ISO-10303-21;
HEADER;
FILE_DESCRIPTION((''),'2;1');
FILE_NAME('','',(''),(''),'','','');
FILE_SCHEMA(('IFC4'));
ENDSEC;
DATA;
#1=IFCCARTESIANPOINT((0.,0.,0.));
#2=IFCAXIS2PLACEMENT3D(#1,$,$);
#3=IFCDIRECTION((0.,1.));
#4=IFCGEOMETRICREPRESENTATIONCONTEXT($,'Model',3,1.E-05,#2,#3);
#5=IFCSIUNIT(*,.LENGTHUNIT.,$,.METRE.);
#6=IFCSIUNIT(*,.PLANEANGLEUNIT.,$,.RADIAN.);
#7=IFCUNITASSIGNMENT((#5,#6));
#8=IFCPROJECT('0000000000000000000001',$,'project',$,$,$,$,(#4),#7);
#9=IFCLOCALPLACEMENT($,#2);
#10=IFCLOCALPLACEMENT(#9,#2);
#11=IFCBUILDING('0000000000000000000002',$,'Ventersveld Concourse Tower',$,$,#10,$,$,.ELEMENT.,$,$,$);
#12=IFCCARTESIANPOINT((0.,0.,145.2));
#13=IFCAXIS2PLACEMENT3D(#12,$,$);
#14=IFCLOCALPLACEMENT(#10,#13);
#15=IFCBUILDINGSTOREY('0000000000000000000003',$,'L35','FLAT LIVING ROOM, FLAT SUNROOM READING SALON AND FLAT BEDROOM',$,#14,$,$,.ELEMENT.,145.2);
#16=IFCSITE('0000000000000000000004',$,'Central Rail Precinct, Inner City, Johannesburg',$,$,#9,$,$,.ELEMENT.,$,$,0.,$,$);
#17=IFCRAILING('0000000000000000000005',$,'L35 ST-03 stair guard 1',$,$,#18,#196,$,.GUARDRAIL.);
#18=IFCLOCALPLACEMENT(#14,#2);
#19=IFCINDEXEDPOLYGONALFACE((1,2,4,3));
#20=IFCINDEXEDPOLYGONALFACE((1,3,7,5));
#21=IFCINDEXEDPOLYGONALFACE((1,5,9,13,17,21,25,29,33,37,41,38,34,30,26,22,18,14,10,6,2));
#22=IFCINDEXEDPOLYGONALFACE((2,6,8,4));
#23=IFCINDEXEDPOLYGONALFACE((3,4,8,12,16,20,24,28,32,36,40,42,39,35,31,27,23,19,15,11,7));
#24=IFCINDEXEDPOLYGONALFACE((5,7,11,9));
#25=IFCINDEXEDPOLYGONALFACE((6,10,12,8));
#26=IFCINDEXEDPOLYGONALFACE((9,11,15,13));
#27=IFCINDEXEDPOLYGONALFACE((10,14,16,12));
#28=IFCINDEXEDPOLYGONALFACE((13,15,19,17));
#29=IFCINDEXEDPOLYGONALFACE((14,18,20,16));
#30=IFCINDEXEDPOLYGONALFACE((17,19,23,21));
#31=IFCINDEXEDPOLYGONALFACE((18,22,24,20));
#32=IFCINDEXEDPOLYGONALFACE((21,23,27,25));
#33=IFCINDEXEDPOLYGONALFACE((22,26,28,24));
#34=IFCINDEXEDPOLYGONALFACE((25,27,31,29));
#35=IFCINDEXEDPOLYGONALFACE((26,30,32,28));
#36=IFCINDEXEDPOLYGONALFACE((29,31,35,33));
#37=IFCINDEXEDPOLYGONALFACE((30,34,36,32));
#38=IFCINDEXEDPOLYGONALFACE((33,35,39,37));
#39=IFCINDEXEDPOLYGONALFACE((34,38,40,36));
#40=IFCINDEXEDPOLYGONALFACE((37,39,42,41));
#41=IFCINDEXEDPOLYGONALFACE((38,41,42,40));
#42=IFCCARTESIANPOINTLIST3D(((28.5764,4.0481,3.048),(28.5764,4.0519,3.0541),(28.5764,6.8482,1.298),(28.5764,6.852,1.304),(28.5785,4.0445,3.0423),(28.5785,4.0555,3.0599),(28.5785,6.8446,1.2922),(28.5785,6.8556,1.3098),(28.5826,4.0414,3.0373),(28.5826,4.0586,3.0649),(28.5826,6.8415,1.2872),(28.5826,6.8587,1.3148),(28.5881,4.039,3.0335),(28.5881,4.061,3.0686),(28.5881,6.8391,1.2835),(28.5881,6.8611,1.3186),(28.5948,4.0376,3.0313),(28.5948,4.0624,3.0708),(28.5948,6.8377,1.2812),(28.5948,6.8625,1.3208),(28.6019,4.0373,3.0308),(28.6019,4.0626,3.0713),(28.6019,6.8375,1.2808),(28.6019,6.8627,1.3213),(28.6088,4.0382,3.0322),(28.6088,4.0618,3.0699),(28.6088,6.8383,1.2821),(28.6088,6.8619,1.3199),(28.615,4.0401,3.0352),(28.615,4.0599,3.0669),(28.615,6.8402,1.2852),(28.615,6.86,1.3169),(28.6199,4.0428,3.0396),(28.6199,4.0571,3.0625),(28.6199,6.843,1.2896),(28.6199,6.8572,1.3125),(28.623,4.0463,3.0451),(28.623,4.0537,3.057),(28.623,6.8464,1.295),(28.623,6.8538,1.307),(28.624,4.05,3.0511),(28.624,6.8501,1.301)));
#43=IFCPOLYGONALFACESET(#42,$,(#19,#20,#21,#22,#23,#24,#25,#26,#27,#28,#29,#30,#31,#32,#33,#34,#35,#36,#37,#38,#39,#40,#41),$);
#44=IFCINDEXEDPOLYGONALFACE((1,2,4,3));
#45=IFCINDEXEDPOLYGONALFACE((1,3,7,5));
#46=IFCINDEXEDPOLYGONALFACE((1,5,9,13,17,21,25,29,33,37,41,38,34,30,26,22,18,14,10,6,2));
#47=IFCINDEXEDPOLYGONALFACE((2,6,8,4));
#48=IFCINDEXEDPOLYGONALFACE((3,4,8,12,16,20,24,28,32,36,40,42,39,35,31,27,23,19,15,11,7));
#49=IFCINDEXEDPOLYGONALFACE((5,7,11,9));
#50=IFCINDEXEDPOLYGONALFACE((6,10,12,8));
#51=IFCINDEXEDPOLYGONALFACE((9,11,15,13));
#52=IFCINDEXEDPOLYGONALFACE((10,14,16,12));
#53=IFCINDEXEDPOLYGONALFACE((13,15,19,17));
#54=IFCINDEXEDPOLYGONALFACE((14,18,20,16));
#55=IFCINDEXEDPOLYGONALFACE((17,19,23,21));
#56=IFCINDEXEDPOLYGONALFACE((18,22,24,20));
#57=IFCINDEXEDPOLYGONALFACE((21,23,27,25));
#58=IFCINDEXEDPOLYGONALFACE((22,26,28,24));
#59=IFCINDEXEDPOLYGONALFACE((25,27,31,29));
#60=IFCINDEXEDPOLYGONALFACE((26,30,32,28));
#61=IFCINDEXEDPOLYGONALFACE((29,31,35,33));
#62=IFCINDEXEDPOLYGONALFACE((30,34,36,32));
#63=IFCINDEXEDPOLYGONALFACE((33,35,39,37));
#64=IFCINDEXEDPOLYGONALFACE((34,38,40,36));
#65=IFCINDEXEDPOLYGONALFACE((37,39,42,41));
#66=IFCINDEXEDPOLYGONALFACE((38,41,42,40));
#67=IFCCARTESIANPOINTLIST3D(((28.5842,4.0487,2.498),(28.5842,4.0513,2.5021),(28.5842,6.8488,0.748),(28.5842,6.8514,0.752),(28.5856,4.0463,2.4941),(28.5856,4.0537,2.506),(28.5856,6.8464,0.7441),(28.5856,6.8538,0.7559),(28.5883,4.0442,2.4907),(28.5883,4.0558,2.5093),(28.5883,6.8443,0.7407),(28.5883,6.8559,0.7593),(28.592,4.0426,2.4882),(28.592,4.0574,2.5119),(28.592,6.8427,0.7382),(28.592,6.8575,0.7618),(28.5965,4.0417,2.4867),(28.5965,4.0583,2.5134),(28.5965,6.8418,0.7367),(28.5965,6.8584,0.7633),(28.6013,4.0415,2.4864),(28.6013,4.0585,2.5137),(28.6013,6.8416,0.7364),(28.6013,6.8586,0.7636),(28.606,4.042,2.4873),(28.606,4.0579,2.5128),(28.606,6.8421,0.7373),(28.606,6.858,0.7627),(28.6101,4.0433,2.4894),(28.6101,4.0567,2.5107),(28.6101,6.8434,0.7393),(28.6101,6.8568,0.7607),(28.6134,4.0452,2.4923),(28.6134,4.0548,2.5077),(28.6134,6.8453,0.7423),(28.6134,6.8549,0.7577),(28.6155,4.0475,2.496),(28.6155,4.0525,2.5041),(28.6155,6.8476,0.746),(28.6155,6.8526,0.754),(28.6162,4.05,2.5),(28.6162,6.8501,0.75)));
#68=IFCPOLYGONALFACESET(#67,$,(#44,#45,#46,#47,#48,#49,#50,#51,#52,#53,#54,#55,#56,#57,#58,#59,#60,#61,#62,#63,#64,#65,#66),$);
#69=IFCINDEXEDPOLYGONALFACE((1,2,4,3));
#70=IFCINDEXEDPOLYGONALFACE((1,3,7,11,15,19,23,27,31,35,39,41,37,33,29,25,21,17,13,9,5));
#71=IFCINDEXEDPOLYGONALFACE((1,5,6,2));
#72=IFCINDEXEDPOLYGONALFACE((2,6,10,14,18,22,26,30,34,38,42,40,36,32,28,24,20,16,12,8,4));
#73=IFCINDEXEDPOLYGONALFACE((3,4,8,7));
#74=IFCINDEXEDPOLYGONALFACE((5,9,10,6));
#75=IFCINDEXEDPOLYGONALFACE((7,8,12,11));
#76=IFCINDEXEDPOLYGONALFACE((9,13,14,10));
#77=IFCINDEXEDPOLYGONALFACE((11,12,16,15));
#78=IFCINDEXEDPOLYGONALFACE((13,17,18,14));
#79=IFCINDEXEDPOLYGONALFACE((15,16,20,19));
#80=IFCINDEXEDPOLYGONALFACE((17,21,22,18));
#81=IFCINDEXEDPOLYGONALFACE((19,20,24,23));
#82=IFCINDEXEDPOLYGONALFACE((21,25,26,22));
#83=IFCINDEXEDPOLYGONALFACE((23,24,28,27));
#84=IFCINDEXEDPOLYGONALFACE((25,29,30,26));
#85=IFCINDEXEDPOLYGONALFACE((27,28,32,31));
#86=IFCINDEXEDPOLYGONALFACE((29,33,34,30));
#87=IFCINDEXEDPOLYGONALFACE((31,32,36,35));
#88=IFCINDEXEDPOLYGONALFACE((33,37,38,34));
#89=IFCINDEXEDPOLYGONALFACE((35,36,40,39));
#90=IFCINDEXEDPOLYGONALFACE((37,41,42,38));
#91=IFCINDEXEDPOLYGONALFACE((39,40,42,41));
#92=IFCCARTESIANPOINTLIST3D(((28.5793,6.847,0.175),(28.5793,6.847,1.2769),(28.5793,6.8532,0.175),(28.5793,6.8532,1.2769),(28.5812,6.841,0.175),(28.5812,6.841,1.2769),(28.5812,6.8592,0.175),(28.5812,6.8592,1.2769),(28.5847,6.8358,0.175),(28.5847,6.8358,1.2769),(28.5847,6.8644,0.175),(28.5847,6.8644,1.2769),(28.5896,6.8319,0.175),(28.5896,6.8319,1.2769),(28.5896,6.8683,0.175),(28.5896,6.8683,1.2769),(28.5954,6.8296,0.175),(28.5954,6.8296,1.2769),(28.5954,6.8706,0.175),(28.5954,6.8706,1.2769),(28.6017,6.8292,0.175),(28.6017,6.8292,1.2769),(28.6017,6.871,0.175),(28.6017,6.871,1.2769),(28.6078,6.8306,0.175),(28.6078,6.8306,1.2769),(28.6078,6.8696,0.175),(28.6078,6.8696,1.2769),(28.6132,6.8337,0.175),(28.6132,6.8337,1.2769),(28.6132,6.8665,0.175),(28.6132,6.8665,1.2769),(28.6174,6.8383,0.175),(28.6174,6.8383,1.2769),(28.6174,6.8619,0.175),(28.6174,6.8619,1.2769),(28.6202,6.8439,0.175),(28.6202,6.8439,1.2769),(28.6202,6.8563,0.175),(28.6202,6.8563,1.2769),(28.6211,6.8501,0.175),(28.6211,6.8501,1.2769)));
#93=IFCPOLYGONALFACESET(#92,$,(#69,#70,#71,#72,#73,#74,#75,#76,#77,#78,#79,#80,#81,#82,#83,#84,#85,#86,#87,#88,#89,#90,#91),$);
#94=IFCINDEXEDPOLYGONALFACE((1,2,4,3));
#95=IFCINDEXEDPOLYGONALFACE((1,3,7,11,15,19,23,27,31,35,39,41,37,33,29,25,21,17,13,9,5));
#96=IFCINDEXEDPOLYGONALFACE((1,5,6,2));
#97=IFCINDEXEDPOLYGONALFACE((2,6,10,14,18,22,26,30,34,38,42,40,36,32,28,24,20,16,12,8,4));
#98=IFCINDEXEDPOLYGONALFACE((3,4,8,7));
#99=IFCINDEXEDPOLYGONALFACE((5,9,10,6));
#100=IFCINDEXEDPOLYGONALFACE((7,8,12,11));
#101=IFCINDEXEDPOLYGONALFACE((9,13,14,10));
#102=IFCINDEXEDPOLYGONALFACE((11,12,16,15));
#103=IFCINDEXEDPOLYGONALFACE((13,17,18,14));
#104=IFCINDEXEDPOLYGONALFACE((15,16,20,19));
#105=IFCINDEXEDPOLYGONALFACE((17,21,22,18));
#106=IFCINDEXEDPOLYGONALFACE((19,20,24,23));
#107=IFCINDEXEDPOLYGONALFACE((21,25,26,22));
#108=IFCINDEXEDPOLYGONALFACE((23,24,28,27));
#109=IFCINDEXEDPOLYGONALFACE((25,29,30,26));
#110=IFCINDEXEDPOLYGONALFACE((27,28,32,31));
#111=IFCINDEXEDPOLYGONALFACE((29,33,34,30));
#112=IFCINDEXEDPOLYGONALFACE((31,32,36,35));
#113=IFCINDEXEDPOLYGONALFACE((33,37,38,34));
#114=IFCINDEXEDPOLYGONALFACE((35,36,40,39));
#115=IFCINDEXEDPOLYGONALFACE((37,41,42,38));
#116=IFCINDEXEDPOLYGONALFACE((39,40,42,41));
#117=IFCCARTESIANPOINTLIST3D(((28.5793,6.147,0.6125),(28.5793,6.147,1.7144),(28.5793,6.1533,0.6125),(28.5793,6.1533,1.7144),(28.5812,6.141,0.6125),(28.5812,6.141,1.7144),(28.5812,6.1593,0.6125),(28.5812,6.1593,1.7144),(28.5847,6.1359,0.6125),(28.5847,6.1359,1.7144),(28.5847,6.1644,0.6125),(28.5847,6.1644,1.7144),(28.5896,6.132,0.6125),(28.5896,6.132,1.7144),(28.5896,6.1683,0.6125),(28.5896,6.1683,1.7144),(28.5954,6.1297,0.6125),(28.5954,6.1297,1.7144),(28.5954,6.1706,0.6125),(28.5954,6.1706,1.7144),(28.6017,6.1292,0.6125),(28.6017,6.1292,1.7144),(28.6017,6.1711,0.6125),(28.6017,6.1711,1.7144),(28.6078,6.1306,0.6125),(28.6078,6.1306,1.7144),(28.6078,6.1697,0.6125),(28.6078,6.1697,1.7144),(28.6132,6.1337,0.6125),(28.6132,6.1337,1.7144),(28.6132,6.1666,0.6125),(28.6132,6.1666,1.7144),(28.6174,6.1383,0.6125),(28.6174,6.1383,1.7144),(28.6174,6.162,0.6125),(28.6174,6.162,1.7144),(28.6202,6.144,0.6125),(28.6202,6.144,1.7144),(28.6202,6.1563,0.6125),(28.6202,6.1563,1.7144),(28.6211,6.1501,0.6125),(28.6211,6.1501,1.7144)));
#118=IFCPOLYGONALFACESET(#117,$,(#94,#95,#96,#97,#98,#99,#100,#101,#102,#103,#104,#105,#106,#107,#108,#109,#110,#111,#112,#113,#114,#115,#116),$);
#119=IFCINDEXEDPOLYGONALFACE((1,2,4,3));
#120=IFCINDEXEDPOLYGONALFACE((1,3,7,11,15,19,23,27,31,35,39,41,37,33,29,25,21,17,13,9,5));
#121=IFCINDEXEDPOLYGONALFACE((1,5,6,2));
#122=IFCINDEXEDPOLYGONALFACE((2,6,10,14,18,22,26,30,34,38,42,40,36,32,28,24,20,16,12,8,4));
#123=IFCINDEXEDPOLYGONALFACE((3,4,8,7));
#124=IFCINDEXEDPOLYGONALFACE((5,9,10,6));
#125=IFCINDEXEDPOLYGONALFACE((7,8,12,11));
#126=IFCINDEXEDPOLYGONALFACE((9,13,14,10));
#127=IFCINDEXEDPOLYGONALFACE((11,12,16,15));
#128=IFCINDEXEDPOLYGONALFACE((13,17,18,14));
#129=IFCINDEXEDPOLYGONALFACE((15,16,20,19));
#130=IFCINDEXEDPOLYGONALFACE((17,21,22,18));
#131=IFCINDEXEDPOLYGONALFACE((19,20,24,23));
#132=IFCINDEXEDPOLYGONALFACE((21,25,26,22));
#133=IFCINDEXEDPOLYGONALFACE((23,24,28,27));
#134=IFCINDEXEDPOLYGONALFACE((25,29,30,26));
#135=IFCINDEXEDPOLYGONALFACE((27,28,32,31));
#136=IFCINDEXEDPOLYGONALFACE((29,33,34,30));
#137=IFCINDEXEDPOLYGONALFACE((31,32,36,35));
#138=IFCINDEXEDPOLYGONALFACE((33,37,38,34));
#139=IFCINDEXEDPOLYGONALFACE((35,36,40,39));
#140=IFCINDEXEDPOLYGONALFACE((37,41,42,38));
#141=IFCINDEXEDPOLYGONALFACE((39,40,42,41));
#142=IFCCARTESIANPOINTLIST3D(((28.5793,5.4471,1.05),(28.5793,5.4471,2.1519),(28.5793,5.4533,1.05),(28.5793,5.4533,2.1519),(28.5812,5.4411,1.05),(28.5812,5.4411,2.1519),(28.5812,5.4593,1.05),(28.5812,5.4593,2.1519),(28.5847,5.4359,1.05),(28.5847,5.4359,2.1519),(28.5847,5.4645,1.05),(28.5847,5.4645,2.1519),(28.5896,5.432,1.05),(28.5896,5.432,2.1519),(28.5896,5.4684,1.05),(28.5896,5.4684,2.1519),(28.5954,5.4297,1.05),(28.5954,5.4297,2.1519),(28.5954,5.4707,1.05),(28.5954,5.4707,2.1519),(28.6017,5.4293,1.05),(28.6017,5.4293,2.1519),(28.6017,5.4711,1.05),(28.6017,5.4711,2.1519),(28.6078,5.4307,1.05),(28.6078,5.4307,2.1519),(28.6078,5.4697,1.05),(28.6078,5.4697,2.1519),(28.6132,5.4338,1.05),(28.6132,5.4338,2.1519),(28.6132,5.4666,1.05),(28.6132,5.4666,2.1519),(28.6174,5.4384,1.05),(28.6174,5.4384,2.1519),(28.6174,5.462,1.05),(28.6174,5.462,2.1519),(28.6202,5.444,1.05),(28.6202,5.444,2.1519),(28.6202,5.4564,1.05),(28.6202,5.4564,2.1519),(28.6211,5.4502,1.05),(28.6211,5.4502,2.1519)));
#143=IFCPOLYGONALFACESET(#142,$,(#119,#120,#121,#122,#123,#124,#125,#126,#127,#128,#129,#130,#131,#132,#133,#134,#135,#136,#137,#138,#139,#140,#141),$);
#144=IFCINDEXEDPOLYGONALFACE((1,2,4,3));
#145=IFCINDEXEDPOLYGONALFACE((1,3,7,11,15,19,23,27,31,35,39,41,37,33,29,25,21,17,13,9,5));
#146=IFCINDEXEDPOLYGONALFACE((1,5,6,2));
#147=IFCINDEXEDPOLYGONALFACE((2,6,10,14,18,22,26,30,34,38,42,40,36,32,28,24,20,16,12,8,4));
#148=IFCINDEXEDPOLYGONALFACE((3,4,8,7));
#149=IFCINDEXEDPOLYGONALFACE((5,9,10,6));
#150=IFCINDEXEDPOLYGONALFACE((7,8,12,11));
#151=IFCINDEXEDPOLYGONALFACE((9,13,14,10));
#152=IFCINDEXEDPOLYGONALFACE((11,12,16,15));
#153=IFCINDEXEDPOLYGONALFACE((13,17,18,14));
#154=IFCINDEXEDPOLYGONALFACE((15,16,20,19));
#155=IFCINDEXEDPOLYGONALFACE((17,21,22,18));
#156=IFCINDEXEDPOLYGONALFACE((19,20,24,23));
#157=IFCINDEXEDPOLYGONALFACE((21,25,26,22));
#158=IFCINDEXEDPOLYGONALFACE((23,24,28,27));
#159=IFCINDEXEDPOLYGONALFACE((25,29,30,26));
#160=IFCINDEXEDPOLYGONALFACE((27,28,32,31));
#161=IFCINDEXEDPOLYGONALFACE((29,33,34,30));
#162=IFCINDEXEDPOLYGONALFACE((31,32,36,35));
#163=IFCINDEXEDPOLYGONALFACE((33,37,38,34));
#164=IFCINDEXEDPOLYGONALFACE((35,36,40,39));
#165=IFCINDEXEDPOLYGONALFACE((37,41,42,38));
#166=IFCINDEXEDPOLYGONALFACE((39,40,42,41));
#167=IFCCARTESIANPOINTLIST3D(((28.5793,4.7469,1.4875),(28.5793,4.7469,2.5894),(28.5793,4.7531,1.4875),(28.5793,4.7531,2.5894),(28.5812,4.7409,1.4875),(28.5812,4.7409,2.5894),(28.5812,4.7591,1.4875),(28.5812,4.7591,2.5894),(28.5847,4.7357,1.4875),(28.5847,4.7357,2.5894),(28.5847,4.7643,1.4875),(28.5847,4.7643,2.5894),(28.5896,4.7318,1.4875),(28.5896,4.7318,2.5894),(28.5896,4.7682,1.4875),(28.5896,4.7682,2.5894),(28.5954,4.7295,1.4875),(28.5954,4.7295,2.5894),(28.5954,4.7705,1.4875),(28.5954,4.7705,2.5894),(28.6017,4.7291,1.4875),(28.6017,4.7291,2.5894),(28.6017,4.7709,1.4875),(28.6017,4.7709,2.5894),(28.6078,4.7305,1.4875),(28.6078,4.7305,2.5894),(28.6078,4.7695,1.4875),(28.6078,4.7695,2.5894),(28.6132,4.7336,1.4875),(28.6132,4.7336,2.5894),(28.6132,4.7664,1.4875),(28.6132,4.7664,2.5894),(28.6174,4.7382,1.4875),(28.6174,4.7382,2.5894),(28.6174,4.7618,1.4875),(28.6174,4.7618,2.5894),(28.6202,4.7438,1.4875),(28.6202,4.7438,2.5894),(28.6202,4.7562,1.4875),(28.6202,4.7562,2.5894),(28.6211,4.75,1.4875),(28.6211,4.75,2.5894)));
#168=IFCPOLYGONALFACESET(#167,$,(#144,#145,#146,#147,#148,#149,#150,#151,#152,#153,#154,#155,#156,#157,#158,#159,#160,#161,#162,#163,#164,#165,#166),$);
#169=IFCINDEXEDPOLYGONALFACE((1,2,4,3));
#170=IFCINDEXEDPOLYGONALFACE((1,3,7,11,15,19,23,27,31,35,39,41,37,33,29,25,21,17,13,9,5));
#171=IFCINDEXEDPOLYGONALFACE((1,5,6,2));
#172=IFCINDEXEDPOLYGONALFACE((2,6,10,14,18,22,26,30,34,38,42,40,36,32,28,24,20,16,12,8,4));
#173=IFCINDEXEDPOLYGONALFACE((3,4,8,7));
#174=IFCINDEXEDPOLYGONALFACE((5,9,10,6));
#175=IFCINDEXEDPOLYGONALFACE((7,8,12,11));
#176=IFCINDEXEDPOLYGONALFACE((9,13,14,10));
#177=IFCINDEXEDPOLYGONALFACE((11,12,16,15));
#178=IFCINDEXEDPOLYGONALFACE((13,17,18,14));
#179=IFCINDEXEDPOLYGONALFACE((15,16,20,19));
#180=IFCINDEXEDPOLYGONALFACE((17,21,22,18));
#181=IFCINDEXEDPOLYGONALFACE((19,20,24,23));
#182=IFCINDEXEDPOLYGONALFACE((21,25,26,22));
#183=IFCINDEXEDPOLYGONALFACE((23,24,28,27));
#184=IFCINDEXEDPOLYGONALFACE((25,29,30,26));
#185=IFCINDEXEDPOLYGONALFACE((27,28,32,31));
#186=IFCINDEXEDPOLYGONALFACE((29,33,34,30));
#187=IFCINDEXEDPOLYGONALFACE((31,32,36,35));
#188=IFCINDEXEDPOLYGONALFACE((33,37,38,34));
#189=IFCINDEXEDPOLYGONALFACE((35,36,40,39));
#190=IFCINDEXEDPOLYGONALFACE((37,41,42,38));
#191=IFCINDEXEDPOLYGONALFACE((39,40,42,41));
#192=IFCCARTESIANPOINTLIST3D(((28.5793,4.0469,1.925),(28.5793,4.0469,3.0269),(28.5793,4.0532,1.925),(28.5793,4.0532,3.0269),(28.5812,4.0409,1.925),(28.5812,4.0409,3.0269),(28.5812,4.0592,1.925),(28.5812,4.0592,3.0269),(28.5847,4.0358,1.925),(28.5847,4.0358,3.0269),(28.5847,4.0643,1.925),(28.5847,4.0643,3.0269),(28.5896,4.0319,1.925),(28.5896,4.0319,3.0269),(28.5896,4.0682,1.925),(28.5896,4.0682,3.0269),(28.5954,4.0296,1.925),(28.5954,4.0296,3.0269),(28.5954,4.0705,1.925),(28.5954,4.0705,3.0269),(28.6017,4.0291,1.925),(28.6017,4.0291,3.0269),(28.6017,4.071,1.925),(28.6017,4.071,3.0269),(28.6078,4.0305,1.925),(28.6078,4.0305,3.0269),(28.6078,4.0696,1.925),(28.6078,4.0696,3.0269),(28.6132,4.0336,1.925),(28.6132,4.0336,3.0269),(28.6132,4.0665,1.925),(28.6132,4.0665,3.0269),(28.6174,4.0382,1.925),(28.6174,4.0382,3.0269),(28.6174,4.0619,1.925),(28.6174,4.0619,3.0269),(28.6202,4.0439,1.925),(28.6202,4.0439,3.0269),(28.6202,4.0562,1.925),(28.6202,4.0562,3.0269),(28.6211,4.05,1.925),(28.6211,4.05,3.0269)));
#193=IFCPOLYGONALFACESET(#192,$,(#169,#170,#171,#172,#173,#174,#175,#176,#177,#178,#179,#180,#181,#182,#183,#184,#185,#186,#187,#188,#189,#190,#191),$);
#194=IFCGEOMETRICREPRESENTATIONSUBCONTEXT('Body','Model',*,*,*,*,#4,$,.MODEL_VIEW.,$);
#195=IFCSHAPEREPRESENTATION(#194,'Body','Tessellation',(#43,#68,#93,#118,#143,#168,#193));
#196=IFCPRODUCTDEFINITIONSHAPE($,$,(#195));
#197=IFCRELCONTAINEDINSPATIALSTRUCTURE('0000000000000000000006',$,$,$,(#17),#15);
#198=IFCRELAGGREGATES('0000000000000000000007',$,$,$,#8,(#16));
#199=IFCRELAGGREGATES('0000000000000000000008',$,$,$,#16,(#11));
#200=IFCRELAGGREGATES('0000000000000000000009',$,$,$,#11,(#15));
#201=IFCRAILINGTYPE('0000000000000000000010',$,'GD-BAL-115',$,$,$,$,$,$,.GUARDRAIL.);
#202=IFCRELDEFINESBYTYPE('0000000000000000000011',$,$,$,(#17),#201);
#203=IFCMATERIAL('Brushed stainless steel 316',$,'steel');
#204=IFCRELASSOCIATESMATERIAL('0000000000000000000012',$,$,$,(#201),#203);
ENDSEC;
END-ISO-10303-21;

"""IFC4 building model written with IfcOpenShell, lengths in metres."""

from ifc_helpers import new_model, si_unit, direction, frame, origin, origin_2d, place, context, subcontext, project, spatial, circle, extrude, material, type_object, element, save


model = new_model("IFC4")

# Units and contexts
model_context = context("Model", 3, precision=1e-05, world=origin(), true_north=direction((0.0, 1.0)))
body_context = subcontext(model_context, "Body", "Model", "MODEL_VIEW")
ifc_project = project(units=[si_unit("LENGTHUNIT", "METRE"), si_unit("PLANEANGLEUNIT", "RADIAN")], contexts=[model_context])

# Site, building, storey
site_placement = place(None, origin())
site = spatial("IfcSite", under=ifc_project, at=site_placement, Name="Central Rail Precinct, Inner City, Johannesburg", CompositionType="ELEMENT", RefElevation=0.0)
building_placement = place(site_placement, origin())
building = spatial("IfcBuilding", under=site, at=building_placement, Name="Ventersveld Concourse Tower", CompositionType="ELEMENT")
storey_placement = place(building_placement, frame((0.0, 0.0, 145.2)))
storey = spatial("IfcBuildingStorey", under=building, at=storey_placement, Name="L35", Description="FLAT LIVING ROOM, FLAT SUNROOM READING SALON AND FLAT BEDROOM", CompositionType="ELEMENT", Elevation=145.2)

# Shared definitions
ifc_material_1 = material(Name="Brushed stainless steel 316", Category="steel")

# Railing
railing_type_1 = type_object("IfcRailingType", Name="GD-BAL-115", PredefinedType="GUARDRAIL", material=ifc_material_1)
railing_1_placement = place(storey_placement, frame((28.6001, 6.8501, 0.175)))
element("IfcRailing", 1, at=railing_1_placement, inside=storey, type_object=railing_type_1, Name="L35 ST-03 stair guard 1", PredefinedType="GUARDRAIL", context=body_context, shape_type="SweptSolid", body=[
    extrude(circle(Radius=0.0239, at=origin_2d()), frame((0.0, 0.0, 1.126), z_axis=(0.0, -0.848002, 0.529992), x_axis=(1.0, 0.0, 0.0)), (0.0, 0.0, 1.0), 3.302),
    extrude(circle(Radius=0.0161, at=origin_2d()), frame((0.0, 0.0, 0.575), z_axis=(0.0, -0.848002, 0.529992), x_axis=(1.0, 0.0, 0.0)), (0.0, 0.0, 1.0), 3.302),
    extrude(circle(Radius=0.021, at=origin_2d()), origin(), (0.0, 0.0, 1.0), 1.1018),
    extrude(circle(Radius=0.021, at=origin_2d()), frame((0.0, -0.7, 0.4375)), (0.0, 0.0, 1.0), 1.1018),
    extrude(circle(Radius=0.021, at=origin_2d()), frame((0.0, -1.3999, 0.875)), (0.0, 0.0, 1.0), 1.1018),
    extrude(circle(Radius=0.021, at=origin_2d()), frame((0.0, -2.1001, 1.3125)), (0.0, 0.0, 1.0), 1.1018),
    extrude(circle(Radius=0.021, at=origin_2d()), frame((0.0, -2.8, 1.75)), (0.0, 0.0, 1.0), 1.1018),
])

save(model, "model.ifc")
